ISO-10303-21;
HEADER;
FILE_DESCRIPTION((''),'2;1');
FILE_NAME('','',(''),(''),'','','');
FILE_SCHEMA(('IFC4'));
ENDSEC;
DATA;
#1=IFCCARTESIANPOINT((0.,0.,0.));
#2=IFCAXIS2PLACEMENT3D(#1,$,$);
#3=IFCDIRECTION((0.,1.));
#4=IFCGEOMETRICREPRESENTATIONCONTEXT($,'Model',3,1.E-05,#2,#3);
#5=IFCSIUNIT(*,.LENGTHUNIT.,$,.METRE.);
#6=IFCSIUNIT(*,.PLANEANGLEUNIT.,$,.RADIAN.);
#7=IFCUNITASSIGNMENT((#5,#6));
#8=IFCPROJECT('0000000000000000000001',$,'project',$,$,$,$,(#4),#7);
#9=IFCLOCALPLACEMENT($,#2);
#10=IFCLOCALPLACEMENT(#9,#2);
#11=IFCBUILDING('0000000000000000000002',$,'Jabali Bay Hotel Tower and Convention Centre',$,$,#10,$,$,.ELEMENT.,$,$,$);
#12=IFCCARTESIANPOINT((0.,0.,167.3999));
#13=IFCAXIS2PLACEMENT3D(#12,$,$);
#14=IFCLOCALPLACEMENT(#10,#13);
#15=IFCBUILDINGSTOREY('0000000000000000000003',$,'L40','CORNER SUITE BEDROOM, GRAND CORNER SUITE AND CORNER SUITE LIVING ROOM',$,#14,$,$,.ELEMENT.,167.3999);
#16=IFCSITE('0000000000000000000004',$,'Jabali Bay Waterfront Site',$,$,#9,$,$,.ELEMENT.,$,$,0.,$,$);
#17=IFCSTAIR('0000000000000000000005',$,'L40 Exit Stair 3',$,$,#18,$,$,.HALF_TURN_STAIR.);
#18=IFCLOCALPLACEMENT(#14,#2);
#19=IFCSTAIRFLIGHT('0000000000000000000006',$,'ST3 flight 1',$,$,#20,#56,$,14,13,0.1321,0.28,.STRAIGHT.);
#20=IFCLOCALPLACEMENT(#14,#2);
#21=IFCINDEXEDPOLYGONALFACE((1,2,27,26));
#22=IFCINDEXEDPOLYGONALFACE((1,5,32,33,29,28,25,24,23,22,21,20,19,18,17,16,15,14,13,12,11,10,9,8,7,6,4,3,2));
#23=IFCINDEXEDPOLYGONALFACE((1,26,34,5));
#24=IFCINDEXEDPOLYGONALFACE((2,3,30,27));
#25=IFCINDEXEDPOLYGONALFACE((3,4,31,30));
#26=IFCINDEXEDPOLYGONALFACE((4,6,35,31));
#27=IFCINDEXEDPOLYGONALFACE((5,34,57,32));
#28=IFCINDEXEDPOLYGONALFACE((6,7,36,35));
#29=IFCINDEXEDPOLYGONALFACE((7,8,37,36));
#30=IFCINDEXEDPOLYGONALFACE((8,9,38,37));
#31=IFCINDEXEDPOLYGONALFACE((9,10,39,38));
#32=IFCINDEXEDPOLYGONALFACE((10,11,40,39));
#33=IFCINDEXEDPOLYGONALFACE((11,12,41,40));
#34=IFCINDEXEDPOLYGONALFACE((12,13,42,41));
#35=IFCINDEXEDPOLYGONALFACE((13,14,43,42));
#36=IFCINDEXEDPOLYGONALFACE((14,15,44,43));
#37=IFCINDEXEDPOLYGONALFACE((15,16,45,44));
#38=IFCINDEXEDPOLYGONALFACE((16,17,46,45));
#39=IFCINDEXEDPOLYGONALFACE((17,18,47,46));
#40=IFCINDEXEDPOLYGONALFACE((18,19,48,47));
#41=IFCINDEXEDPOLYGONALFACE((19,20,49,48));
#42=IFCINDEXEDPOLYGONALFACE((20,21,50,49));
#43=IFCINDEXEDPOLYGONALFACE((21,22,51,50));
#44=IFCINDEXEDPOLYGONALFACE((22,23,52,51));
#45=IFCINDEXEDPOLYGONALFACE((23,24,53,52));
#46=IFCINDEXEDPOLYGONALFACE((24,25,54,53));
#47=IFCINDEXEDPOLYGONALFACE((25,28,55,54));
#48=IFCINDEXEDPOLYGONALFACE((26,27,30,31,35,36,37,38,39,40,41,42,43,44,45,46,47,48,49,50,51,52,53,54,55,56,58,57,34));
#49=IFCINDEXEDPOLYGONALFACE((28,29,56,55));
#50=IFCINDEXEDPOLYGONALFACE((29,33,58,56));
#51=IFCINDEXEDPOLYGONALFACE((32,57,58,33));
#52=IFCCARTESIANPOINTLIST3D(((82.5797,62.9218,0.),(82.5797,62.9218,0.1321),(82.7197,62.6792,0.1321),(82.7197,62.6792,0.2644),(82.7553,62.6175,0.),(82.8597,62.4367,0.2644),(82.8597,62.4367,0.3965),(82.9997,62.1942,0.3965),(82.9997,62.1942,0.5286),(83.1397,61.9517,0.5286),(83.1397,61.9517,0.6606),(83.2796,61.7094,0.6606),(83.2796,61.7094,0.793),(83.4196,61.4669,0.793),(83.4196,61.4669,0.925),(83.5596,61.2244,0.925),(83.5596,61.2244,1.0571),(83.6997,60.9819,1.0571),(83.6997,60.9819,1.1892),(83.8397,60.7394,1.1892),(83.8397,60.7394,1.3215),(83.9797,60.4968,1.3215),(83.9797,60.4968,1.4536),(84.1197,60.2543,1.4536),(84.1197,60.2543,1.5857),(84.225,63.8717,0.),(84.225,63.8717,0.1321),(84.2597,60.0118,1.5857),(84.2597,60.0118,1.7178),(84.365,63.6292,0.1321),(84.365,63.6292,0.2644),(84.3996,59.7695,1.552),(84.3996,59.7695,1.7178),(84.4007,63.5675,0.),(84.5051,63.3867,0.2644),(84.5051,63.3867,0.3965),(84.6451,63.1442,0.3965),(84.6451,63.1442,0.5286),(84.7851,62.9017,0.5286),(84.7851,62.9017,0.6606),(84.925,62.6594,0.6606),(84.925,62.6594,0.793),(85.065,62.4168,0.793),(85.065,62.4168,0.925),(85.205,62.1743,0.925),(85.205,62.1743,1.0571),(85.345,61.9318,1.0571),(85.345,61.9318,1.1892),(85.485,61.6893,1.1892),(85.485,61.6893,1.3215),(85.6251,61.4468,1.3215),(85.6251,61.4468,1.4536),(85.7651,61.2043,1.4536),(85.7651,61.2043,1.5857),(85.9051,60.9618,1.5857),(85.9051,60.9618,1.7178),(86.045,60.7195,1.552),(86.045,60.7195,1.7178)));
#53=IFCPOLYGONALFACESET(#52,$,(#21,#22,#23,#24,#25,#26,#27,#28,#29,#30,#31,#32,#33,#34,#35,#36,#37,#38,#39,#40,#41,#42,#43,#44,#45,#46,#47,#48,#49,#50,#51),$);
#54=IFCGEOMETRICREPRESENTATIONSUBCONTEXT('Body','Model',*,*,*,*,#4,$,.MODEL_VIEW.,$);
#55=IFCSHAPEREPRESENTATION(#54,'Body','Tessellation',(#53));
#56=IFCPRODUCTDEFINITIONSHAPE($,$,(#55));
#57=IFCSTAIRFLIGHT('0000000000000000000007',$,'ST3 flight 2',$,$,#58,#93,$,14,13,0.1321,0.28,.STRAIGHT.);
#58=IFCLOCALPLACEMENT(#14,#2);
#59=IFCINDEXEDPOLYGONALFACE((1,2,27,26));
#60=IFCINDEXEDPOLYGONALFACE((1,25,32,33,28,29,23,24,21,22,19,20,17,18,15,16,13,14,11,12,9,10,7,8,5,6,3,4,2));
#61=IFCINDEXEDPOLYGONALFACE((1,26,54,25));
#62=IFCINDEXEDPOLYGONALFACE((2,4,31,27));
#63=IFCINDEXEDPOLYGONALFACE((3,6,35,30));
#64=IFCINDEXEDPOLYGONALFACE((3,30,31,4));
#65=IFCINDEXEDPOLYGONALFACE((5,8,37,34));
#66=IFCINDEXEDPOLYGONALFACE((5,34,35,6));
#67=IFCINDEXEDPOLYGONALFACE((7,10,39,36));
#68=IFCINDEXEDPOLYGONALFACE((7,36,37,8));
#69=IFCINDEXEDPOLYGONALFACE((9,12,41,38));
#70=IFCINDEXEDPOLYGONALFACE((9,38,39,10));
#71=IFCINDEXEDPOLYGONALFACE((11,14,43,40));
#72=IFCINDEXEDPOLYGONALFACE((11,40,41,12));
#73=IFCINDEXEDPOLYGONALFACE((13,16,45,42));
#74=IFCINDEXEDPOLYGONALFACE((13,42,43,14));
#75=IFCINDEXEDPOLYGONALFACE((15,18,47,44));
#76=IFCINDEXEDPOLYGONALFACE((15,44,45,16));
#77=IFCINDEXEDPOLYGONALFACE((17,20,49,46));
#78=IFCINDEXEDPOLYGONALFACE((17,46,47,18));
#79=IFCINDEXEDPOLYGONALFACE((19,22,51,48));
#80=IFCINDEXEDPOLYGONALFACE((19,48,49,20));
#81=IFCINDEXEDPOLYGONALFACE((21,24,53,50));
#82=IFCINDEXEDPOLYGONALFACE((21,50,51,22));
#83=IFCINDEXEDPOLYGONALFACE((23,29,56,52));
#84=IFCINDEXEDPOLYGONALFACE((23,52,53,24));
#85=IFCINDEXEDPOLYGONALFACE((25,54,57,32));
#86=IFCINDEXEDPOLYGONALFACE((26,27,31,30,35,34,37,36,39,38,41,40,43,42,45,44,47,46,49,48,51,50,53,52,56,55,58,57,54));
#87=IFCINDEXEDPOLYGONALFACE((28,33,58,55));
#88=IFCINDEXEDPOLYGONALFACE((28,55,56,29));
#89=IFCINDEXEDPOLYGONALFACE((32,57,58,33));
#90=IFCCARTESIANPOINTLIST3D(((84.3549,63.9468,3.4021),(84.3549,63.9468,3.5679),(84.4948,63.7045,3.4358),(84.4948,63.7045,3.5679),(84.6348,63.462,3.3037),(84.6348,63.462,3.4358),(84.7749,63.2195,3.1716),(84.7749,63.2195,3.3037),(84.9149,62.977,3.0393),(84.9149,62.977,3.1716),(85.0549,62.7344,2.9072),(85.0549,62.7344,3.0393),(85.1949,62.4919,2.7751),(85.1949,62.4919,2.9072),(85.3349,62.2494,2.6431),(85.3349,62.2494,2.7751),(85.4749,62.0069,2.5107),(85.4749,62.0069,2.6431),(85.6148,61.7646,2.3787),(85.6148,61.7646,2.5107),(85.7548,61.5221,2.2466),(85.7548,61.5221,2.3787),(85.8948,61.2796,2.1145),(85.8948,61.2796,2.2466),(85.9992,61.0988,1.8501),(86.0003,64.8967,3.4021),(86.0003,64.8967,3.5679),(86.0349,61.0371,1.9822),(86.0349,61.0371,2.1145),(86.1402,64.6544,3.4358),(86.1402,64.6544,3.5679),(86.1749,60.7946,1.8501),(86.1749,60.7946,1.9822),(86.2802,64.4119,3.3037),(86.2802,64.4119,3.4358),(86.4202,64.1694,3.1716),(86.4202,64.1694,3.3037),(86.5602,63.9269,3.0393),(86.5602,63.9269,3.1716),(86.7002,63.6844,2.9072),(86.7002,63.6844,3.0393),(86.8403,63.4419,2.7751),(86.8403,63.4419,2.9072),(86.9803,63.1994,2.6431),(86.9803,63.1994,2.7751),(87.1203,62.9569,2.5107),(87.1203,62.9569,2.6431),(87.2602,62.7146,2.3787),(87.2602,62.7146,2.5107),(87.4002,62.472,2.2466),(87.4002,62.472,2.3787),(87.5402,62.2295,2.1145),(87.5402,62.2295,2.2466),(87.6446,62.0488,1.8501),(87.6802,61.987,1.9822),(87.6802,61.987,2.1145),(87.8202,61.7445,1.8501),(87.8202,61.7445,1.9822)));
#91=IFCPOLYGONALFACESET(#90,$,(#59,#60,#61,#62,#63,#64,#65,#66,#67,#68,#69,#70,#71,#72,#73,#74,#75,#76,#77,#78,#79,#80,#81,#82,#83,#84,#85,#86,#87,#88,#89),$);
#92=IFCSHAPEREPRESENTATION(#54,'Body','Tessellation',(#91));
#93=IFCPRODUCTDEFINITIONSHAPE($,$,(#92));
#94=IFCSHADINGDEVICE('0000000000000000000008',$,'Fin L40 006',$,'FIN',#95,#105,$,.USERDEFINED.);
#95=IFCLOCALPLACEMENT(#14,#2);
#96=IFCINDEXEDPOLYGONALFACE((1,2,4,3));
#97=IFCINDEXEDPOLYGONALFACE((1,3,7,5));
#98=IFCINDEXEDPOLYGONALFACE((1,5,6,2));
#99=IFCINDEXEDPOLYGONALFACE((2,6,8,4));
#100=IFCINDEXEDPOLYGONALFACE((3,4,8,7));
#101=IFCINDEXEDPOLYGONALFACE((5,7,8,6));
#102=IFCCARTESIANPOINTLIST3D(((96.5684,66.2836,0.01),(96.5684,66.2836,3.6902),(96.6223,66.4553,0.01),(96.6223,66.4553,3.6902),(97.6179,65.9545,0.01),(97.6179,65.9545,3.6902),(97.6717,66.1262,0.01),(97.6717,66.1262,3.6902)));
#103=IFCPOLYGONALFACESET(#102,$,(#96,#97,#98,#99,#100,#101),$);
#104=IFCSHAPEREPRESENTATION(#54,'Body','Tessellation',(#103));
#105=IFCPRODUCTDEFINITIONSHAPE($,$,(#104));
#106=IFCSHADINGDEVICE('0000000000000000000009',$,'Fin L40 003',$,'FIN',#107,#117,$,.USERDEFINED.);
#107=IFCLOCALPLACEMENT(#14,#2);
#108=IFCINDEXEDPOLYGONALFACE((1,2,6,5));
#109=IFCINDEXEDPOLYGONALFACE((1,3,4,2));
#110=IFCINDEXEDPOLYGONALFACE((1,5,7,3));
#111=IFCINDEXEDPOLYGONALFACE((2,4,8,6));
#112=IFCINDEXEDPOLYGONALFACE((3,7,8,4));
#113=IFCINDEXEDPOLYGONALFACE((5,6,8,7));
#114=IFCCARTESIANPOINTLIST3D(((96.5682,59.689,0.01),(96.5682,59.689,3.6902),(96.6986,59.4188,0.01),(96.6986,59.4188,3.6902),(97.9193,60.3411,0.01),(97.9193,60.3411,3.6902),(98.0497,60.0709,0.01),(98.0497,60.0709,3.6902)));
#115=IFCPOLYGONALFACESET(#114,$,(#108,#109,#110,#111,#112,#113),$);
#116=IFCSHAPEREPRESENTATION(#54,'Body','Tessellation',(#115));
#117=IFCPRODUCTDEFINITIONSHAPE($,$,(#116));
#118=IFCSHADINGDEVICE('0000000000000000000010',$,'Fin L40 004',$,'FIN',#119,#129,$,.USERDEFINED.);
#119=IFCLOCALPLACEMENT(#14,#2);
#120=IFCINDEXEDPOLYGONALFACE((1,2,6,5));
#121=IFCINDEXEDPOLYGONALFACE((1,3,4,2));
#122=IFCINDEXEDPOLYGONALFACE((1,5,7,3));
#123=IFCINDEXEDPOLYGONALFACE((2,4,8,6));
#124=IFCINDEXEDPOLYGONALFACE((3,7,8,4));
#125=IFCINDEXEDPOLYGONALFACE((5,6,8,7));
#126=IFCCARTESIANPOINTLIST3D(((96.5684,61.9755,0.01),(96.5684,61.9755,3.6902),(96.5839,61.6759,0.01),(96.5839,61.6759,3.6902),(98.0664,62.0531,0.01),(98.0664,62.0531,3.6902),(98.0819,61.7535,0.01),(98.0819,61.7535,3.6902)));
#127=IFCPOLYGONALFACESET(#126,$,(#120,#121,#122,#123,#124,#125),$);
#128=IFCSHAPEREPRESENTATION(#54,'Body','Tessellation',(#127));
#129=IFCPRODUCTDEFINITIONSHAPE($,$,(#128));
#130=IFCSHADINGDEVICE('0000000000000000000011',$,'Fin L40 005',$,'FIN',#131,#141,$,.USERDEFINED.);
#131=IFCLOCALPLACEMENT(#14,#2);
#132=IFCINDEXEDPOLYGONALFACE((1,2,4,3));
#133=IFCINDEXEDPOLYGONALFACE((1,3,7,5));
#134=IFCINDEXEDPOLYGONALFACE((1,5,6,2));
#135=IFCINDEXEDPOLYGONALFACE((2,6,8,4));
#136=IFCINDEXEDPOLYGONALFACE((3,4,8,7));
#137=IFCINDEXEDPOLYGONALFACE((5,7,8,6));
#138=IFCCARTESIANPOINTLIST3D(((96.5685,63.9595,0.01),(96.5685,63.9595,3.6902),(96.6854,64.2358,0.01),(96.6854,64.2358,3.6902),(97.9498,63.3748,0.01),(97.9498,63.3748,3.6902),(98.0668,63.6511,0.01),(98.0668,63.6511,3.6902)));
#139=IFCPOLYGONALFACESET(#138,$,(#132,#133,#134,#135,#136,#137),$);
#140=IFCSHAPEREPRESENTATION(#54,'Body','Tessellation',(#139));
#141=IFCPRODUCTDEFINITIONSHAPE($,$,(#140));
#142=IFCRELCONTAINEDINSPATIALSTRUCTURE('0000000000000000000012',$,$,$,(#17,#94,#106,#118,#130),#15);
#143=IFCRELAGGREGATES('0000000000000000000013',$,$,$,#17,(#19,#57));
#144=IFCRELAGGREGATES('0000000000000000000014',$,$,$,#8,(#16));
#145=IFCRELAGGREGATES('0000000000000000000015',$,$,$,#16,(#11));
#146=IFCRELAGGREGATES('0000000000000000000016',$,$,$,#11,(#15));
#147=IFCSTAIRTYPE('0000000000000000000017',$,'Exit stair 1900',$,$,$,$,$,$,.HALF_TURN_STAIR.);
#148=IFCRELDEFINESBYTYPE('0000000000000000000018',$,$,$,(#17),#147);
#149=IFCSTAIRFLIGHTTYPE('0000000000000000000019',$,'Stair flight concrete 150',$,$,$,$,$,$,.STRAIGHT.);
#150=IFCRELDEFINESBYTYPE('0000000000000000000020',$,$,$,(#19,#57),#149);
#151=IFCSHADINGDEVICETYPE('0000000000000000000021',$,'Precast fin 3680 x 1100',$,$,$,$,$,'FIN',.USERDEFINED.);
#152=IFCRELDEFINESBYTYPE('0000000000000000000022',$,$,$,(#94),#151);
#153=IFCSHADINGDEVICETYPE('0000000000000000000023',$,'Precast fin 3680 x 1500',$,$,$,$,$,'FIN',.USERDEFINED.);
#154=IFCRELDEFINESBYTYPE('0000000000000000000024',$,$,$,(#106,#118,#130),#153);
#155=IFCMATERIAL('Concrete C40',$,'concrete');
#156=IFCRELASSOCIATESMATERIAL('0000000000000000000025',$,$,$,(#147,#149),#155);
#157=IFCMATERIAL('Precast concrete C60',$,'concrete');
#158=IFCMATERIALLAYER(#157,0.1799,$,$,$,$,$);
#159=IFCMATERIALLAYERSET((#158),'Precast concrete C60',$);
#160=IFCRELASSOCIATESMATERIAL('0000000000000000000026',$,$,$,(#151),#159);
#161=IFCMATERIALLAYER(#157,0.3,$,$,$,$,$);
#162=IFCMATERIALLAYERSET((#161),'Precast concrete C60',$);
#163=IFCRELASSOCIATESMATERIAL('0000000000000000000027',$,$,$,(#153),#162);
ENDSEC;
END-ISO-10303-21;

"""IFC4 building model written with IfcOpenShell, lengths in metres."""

from ifc_helpers import new_model, si_unit, direction, frame, frame_2d, origin, place, context, subcontext, project, spatial, polyline, rectangle, outline, extrude, material, layer, layer_set, type_object, element, aggregate, save


model = new_model("IFC4")

# Units and contexts
model_context = context("Model", 3, precision=1e-05, world=origin(), true_north=direction((0.0, 1.0)))
body_context = subcontext(model_context, "Body", "Model", "MODEL_VIEW")
ifc_project = project(units=[si_unit("LENGTHUNIT", "METRE"), si_unit("PLANEANGLEUNIT", "RADIAN")], contexts=[model_context])

# Site, building, storey
site_placement = place(None, origin())
site = spatial("IfcSite", under=ifc_project, at=site_placement, Name="Jabali Bay Waterfront Site", CompositionType="ELEMENT", RefElevation=0.0)
building_placement = place(site_placement, origin())
building = spatial("IfcBuilding", under=site, at=building_placement, Name="Jabali Bay Hotel Tower and Convention Centre", CompositionType="ELEMENT")
storey_placement = place(building_placement, frame((0.0, 0.0, 167.3999)))
storey = spatial("IfcBuildingStorey", under=building, at=storey_placement, Name="L40", Description="CORNER SUITE BEDROOM, GRAND CORNER SUITE AND CORNER SUITE LIVING ROOM", CompositionType="ELEMENT", Elevation=167.3999)

# Shared definitions
ifc_material_1 = material(Name="Concrete C40", Category="concrete")

# Stair, stair flights
stair_type = type_object("IfcStairType", Name="Exit stair 1900", PredefinedType="HALF_TURN_STAIR", material=ifc_material_1)
stair_placement = place(storey_placement, origin())
stair = element("IfcStair", 1, at=stair_placement, inside=storey, type_object=stair_type, Name="L40 Exit Stair 3", PredefinedType="HALF_TURN_STAIR")
stair_flight_type = type_object("IfcStairFlightType", Name="Stair flight concrete 150", PredefinedType="STRAIGHT", material=ifc_material_1)
stair_flight_1_placement = place(storey_placement, frame((83.4023, 63.3967, 0.0), z_axis=(0.0, 0.0, 1.0), x_axis=(0.5, -0.866025, 0.0)))
stair_flight_1 = element("IfcStairFlight", 2, at=stair_flight_1_placement, type_object=stair_flight_type, Name="ST3 flight 1", NumberOfRisers=14, NumberOfTreads=13, PredefinedType="STRAIGHT", RiserHeight=0.1321, TreadLength=0.28, context=body_context, shape_type="SweptSolid", body=[
    extrude(outline(polyline([(0.0, 0.0), (0.0, 0.1321), (0.28, 0.1321), (0.28, 0.2644), (0.5601, 0.2644), (0.5601, 0.3965), (0.8401, 0.3965), (0.8401, 0.5286), (1.1201, 0.5286), (1.1201, 0.6606), (1.3999, 0.6606), (1.3999, 0.793), (1.6799, 0.793), (1.6799, 0.925), (1.96, 0.925), (1.96, 1.0571), (2.24, 1.0571), (2.24, 1.1892), (2.52, 1.1892), (2.52, 1.3215), (2.8, 1.3215), (2.8, 1.4536), (3.0801, 1.4536), (3.0801, 1.5857), (3.3601, 1.5857), (3.3601, 1.7178), (3.6399, 1.7178), (3.6399, 1.8501), (3.6399, 1.552), (0.3513, 0.0), (0.0, 0.0)])), frame((0.0, 0.95, 0.0), z_axis=(0.0, -1.0, 0.0), x_axis=(1.0, 0.0, 0.0)), (0.0, 0.0, 1.0), 1.8999),
])
stair_flight_2_placement = place(storey_placement, frame((86.9976, 61.2695, 1.8501), z_axis=(0.0, 0.0, 1.0), x_axis=(-0.5, 0.866025, 0.0)))
stair_flight_2 = element("IfcStairFlight", 3, at=stair_flight_2_placement, type_object=stair_flight_type, Name="ST3 flight 2", NumberOfRisers=14, NumberOfTreads=13, PredefinedType="STRAIGHT", RiserHeight=0.1321, TreadLength=0.28, context=body_context, shape_type="SweptSolid", body=[
    extrude(outline(polyline([(0.0, 0.0), (0.0, 0.1321), (0.28, 0.1321), (0.28, 0.2644), (0.5601, 0.2644), (0.5601, 0.3965), (0.8401, 0.3965), (0.8401, 0.5286), (1.1201, 0.5286), (1.1201, 0.6606), (1.3999, 0.6606), (1.3999, 0.793), (1.6799, 0.793), (1.6799, 0.925), (1.96, 0.925), (1.96, 1.0571), (2.24, 1.0571), (2.24, 1.1892), (2.52, 1.1892), (2.52, 1.3215), (2.8, 1.3215), (2.8, 1.4536), (3.0801, 1.4536), (3.0801, 1.5857), (3.3601, 1.5857), (3.3601, 1.7178), (3.6399, 1.7178), (3.6399, 1.8501), (3.6399, 1.552), (0.3513, 0.0), (0.0, 0.0)])), frame((0.0, 0.95, 0.0), z_axis=(0.0, -1.0, 0.0), x_axis=(1.0, 0.0, 0.0)), (0.0, 0.0, 1.0), 1.8999),
])
aggregate(stair, [stair_flight_1, stair_flight_2])

# Shading devices
ifc_material_2 = material(Name="Precast concrete C60", Category="concrete")
ifc_layer_1 = layer(ifc_material_2, 0.1799)
ifc_layer_set_1 = layer_set([ifc_layer_1], Name="Precast concrete C60")
shading_device_type_1 = type_object("IfcShadingDeviceType", Name="Precast fin 3680 x 1100", ElementType="FIN", PredefinedType="USERDEFINED", material=ifc_layer_set_1)
shading_device_1_placement = place(storey_placement, frame((96.5955, 66.3694, 0.01), z_axis=(0.0, 0.0, 1.0), x_axis=(0.954191, -0.299197, 0.0)))
element("IfcShadingDevice", 4, at=shading_device_1_placement, inside=storey, type_object=shading_device_type_1, Name="Fin L40 006", ObjectType="FIN", PredefinedType="USERDEFINED", context=body_context, shape_type="SweptSolid", body=[
    extrude(rectangle(XDim=1.0999, YDim=0.1799, at=frame_2d((0.5498, 0.0))), origin(), (0.0, 0.0, 1.0), 3.6802),
])
ifc_layer_2 = layer(ifc_material_2, 0.3)
ifc_layer_set_2 = layer_set([ifc_layer_2], Name="Precast concrete C60")
shading_device_type_2 = type_object("IfcShadingDeviceType", Name="Precast fin 3680 x 1500", ElementType="FIN", PredefinedType="USERDEFINED", material=ifc_layer_set_2)
shading_device_2_placement = place(storey_placement, frame((96.6335, 59.554, 0.01), z_axis=(0.0, 0.0, 1.0), x_axis=(0.900589, 0.434672, 0.0)))
element("IfcShadingDevice", 5, at=shading_device_2_placement, inside=storey, type_object=shading_device_type_2, Name="Fin L40 003", ObjectType="FIN", PredefinedType="USERDEFINED", context=body_context, shape_type="SweptSolid", body=[
    extrude(rectangle(XDim=1.5002, YDim=0.3, at=frame_2d((0.75, 0.0))), origin(), (0.0, 0.0, 1.0), 3.6802),
])
for number, where, z_axis, x_axis, name in (
    (6, (96.5762, 61.8257, 0.01), (0.0, 0.0, 1.0), (0.99866, 0.051756, 0.0), "Fin L40 004"),
    (7, (96.627, 64.0977, 0.01), (0.0, 0.0, 1.0), (0.920895, -0.38981, 0.0), "Fin L40 005"),
):
    element("IfcShadingDevice", number, at=place(storey_placement, frame(where, z_axis=z_axis, x_axis=x_axis)), inside=storey, type_object=shading_device_type_2, Name=name, ObjectType="FIN", PredefinedType="USERDEFINED", context=body_context, shape_type="SweptSolid", body=[
        extrude(rectangle(XDim=1.5, YDim=0.3, at=frame_2d((0.75, 0.0))), origin(), (0.0, 0.0, 1.0), 3.6802),
    ])

save(model, "model.ifc")
